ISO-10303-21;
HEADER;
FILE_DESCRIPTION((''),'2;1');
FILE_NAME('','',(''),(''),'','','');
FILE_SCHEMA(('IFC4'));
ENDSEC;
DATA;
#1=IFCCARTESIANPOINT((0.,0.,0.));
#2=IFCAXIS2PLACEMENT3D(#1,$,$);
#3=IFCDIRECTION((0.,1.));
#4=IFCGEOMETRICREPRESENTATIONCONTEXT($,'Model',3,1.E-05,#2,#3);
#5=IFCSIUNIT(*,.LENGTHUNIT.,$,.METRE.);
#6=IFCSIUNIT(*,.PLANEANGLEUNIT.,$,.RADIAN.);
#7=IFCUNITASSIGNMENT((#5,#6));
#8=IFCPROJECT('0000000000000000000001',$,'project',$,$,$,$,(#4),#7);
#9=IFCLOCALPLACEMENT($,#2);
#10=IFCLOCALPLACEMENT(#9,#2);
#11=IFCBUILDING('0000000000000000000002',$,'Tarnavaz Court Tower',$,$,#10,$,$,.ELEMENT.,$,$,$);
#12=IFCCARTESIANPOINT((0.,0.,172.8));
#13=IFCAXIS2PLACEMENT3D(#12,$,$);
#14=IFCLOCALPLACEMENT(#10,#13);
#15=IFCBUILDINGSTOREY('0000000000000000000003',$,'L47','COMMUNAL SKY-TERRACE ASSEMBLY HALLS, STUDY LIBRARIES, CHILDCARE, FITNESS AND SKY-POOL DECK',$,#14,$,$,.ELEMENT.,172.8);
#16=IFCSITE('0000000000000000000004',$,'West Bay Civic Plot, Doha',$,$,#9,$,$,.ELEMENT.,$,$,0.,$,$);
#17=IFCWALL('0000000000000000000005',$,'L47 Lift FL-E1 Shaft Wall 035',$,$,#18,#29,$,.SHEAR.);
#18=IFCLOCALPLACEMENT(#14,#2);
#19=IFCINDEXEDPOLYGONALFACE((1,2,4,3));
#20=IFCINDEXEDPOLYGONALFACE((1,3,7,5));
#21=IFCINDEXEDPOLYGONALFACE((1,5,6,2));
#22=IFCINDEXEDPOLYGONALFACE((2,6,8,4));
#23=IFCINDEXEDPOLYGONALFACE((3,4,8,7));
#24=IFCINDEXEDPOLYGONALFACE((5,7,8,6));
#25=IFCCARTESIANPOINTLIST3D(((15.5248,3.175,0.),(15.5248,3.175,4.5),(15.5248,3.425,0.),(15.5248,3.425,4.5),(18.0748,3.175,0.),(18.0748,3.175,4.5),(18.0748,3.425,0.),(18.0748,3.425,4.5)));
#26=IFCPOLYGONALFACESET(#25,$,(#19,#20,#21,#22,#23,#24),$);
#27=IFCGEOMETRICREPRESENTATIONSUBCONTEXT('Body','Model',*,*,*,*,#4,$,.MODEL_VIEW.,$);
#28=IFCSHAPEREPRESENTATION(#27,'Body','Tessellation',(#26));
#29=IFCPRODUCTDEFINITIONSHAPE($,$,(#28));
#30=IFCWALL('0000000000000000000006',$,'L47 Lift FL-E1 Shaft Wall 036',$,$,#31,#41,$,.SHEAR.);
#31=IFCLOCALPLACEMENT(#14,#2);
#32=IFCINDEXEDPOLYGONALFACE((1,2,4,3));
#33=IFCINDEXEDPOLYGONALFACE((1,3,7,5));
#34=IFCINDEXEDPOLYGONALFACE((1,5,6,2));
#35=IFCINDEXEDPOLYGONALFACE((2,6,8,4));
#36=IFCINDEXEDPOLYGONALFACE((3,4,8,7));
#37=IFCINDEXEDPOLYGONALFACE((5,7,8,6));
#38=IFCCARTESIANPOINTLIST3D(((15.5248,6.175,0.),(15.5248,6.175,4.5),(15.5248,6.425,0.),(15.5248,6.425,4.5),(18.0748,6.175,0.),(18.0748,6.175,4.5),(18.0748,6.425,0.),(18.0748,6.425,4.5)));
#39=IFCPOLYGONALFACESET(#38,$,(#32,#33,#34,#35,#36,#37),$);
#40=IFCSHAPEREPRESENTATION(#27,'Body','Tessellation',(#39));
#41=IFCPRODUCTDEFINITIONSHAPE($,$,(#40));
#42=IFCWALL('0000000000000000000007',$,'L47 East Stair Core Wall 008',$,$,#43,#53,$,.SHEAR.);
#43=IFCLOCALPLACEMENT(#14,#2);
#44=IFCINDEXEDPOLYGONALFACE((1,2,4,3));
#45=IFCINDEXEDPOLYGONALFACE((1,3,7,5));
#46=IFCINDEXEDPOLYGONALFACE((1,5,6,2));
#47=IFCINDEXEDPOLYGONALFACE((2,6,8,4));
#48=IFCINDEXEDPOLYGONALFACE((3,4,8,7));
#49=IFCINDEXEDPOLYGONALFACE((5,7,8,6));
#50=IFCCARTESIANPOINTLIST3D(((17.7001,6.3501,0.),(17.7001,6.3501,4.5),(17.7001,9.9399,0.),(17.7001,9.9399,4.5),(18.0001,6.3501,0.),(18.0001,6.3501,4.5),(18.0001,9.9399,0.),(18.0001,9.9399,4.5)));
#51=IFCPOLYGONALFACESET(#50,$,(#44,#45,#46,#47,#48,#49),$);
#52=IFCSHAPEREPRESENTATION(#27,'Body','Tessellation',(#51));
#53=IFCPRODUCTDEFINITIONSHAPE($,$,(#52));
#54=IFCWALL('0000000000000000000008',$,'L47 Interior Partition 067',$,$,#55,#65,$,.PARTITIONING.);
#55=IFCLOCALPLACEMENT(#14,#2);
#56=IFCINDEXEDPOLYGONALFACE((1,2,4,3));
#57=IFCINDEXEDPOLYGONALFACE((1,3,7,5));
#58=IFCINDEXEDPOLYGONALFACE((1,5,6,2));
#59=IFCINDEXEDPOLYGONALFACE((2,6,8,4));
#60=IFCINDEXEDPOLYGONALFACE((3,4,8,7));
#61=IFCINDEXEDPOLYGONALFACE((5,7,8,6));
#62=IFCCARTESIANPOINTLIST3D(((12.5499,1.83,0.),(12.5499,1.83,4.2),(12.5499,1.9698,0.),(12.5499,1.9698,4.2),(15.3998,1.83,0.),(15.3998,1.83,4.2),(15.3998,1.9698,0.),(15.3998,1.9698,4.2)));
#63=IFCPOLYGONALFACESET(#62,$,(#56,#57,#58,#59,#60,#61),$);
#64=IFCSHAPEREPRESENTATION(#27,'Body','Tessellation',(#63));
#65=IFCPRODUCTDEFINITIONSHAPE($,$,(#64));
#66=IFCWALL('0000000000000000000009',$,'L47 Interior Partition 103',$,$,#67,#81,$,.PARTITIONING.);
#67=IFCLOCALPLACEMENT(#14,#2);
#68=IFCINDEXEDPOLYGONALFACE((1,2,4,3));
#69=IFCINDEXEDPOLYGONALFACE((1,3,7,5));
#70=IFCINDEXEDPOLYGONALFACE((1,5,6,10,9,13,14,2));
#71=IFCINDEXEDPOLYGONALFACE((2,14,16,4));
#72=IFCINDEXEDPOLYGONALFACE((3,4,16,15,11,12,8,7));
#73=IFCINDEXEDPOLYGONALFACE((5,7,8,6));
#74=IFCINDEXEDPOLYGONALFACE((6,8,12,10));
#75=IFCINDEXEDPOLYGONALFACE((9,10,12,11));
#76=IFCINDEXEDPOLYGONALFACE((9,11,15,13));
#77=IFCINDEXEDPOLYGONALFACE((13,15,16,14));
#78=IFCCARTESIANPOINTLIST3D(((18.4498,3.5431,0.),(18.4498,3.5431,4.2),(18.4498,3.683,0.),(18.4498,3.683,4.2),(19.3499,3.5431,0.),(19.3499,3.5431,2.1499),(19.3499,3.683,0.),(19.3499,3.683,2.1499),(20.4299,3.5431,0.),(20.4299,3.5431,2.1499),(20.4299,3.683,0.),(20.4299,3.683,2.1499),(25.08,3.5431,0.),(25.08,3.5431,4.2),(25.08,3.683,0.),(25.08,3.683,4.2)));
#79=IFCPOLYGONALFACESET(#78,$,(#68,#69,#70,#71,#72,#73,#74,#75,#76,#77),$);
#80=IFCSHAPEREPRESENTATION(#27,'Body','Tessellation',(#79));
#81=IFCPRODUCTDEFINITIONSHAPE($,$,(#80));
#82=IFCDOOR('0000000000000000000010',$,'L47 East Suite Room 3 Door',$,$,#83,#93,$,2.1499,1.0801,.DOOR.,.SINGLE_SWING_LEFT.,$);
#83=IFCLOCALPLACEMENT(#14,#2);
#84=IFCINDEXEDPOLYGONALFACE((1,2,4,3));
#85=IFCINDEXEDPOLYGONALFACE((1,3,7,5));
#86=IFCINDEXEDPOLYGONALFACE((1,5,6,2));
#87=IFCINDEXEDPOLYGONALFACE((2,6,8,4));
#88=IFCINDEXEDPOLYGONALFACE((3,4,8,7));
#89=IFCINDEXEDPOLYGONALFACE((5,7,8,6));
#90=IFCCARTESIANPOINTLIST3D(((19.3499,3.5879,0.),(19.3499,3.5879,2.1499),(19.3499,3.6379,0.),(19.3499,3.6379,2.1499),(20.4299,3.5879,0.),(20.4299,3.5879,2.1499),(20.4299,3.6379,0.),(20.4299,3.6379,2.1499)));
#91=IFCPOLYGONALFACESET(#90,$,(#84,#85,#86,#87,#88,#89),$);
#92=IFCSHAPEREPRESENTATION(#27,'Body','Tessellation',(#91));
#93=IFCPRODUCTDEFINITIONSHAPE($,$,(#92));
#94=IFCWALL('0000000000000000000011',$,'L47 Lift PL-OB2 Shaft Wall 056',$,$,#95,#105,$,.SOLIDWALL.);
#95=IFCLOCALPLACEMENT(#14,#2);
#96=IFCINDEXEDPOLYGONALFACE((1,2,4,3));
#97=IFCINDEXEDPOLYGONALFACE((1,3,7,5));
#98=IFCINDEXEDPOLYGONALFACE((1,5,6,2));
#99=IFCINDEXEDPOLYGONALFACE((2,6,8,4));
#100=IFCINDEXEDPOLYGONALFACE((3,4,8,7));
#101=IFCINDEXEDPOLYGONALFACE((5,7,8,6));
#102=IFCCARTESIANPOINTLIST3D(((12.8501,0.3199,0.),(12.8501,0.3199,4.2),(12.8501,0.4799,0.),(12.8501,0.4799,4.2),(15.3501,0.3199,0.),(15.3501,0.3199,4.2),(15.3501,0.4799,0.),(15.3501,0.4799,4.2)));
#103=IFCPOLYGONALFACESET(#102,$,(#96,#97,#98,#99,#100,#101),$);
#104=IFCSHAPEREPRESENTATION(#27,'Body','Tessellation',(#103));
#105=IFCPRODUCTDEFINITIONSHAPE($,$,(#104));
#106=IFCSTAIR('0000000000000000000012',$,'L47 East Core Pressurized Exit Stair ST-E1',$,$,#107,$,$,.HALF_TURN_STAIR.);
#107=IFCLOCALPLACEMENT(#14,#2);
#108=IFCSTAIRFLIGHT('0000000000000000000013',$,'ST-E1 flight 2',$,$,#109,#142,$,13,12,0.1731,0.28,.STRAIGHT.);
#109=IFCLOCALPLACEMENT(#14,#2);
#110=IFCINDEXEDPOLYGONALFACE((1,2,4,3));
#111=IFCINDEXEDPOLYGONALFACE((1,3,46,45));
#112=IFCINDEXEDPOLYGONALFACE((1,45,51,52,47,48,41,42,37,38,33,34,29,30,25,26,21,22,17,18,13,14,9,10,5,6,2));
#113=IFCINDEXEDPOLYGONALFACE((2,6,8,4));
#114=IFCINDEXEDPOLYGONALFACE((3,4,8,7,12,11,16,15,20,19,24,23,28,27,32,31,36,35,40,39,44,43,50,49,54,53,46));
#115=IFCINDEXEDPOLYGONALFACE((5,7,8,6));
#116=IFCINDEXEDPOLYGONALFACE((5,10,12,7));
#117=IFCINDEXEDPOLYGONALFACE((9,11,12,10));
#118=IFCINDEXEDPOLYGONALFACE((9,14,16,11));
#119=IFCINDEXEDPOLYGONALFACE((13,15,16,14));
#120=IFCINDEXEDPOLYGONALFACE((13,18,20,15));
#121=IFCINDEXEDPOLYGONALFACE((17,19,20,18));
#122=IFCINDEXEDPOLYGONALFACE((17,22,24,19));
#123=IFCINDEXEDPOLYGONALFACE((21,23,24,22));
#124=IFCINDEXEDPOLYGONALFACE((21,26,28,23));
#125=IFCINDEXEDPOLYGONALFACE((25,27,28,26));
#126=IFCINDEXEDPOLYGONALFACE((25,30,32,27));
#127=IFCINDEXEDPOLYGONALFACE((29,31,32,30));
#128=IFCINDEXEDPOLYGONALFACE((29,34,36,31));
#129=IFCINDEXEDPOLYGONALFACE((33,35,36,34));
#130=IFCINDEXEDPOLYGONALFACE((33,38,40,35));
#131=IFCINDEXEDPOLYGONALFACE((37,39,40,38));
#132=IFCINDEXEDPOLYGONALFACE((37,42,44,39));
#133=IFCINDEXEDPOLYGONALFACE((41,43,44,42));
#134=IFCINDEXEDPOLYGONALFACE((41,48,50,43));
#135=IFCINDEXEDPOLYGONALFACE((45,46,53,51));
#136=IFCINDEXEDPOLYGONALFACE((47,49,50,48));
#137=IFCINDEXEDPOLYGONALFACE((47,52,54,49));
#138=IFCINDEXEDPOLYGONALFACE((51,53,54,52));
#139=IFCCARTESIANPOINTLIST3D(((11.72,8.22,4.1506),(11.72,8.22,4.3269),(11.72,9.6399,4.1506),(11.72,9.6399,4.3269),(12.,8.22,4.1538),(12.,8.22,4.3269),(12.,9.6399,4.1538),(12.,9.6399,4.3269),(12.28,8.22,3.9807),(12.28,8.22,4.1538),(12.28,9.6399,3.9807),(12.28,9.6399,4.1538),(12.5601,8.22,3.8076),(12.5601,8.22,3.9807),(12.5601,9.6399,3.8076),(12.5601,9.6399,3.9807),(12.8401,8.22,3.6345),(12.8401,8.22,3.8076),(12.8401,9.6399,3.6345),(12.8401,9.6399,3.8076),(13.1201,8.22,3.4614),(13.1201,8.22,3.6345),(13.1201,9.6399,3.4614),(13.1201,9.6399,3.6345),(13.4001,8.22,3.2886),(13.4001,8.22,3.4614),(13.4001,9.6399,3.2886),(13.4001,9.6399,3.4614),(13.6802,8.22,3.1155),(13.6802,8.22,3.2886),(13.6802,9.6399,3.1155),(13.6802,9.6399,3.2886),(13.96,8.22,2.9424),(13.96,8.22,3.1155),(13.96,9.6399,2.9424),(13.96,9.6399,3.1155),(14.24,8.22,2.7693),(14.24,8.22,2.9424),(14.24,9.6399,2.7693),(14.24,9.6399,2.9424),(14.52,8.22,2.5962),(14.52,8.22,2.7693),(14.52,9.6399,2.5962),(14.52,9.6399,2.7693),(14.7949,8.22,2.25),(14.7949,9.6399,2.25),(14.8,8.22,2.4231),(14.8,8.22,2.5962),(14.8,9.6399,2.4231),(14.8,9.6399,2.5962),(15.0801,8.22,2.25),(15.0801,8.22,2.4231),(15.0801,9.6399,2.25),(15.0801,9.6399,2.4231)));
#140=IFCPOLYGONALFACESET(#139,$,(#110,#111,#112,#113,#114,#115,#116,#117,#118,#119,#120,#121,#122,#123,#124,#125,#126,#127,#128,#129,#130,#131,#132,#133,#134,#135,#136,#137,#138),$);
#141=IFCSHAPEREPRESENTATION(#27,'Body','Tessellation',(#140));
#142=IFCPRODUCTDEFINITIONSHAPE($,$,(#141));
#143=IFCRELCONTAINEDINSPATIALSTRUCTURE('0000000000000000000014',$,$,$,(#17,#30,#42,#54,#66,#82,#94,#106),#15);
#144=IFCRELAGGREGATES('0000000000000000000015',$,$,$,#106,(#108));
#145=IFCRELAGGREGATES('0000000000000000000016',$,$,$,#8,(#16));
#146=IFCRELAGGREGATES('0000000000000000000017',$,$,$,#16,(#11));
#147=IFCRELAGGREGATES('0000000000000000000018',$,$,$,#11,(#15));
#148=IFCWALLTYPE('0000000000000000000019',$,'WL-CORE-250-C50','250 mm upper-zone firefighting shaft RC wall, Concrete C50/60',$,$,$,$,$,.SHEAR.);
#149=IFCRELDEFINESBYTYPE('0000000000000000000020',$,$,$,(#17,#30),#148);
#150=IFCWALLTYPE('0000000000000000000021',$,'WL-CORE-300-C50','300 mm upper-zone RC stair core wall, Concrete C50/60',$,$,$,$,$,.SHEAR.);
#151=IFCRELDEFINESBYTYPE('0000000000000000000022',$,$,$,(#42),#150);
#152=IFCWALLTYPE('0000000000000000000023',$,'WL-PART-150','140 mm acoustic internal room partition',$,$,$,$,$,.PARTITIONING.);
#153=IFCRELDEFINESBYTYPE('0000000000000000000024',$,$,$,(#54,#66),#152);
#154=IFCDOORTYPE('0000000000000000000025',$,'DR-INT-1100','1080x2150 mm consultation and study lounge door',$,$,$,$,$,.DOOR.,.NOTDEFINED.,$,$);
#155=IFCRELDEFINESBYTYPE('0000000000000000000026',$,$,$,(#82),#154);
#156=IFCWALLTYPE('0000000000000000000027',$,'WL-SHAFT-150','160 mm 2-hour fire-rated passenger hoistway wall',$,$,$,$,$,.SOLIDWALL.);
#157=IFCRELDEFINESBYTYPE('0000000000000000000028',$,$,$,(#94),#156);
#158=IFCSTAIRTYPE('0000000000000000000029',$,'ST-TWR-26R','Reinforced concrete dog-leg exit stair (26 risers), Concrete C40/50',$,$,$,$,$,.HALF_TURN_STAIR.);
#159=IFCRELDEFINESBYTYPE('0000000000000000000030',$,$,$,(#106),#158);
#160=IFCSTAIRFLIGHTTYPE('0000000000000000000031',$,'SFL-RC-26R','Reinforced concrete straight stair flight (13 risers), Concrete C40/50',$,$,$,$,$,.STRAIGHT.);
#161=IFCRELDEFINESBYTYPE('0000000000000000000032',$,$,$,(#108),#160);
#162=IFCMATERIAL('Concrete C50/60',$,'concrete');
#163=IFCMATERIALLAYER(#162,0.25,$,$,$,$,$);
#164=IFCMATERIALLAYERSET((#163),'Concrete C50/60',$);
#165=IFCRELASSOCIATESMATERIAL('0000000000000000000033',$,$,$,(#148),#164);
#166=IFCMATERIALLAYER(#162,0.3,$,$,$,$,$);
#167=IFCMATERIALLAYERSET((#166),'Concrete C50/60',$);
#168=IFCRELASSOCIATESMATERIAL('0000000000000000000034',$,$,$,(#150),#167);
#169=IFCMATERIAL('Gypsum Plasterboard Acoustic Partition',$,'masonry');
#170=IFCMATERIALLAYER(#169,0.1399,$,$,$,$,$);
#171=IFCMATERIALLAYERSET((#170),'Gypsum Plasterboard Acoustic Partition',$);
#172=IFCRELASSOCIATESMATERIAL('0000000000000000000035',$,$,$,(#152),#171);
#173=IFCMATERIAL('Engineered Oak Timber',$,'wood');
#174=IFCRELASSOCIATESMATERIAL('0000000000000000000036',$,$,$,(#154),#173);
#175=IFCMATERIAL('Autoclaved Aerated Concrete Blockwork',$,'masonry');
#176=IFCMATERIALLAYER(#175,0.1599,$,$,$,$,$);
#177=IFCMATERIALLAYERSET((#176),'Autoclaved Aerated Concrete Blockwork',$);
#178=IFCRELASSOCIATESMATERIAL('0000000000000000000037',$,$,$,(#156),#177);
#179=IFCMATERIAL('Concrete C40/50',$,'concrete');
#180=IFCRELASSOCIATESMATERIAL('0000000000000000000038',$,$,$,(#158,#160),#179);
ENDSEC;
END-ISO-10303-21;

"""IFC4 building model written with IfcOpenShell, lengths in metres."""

from ifc_helpers import new_model, si_unit, direction, frame, frame_2d, origin, place, context, subcontext, project, spatial, polyline, rectangle, outline, extrude, material, layer, layer_set, type_object, element, fill, aggregate, save


model = new_model("IFC4")

# Units and contexts
model_context = context("Model", 3, precision=1e-05, world=origin(), true_north=direction((0.0, 1.0)))
body_context = subcontext(model_context, "Body", "Model", "MODEL_VIEW")
ifc_project = project(units=[si_unit("LENGTHUNIT", "METRE"), si_unit("PLANEANGLEUNIT", "RADIAN")], contexts=[model_context])

# Site, building, storey
site_placement = place(None, origin())
site = spatial("IfcSite", under=ifc_project, at=site_placement, Name="West Bay Civic Plot, Doha", CompositionType="ELEMENT", RefElevation=0.0)
building_placement = place(site_placement, origin())
building = spatial("IfcBuilding", under=site, at=building_placement, Name="Tarnavaz Court Tower", CompositionType="ELEMENT")
storey_placement = place(building_placement, frame((0.0, 0.0, 172.8)))
storey = spatial("IfcBuildingStorey", under=building, at=storey_placement, Name="L47", Description="COMMUNAL SKY-TERRACE ASSEMBLY HALLS, STUDY LIBRARIES, CHILDCARE, FITNESS AND SKY-POOL DECK", CompositionType="ELEMENT", Elevation=172.8)

# Shared definitions
ifc_material_1 = material(Name="Concrete C50/60", Category="concrete")

# Shared definitions
ifc_layer_1 = layer(ifc_material_1, 0.25)
ifc_layer_set_1 = layer_set([ifc_layer_1], Name="Concrete C50/60")
wall_type_1 = type_object("IfcWallType", Name="WL-CORE-250-C50", Description="250 mm upper-zone firefighting shaft RC wall, Concrete C50/60", PredefinedType="SHEAR", material=ifc_layer_set_1)

# Walls
for number, where, z_axis, x_axis, name in (
    (1, (15.5249, 3.3, 0.0), (0.0, 0.0, 1.0), (1.0, 0.0, 0.0), "L47 Lift FL-E1 Shaft Wall 035"),
    (2, (15.5249, 6.3, 0.0), (0.0, 0.0, 1.0), (1.0, 0.0, 0.0), "L47 Lift FL-E1 Shaft Wall 036"),
):
    element("IfcWall", number, at=place(storey_placement, frame(where, z_axis=z_axis, x_axis=x_axis)), inside=storey, type_object=wall_type_1, Name=name, PredefinedType="SHEAR", context=body_context, shape_type="SweptSolid", body=[
        extrude(rectangle(XDim=2.55, YDim=0.25, at=frame_2d((1.2749, 0.0))), origin(), (0.0, 0.0, 1.0), 4.5),
    ])
ifc_layer_2 = layer(ifc_material_1, 0.3)
ifc_layer_set_2 = layer_set([ifc_layer_2], Name="Concrete C50/60")
wall_type_2 = type_object("IfcWallType", Name="WL-CORE-300-C50", Description="300 mm upper-zone RC stair core wall, Concrete C50/60", PredefinedType="SHEAR", material=ifc_layer_set_2)
wall_1_placement = place(storey_placement, frame((17.8501, 6.3501, 0.0), z_axis=(0.0, 0.0, 1.0), x_axis=(0.0, 1.0, 0.0)))
element("IfcWall", 3, at=wall_1_placement, inside=storey, type_object=wall_type_2, Name="L47 East Stair Core Wall 008", PredefinedType="SHEAR", context=body_context, shape_type="SweptSolid", body=[
    extrude(rectangle(XDim=3.5898, YDim=0.3, at=frame_2d((1.7949, 0.0))), origin(), (0.0, 0.0, 1.0), 4.5),
])
ifc_material_2 = material(Name="Gypsum Plasterboard Acoustic Partition", Category="masonry")
ifc_layer_3 = layer(ifc_material_2, 0.1399)
ifc_layer_set_3 = layer_set([ifc_layer_3], Name="Gypsum Plasterboard Acoustic Partition")
wall_type_3 = type_object("IfcWallType", Name="WL-PART-150", Description="140 mm acoustic internal room partition", PredefinedType="PARTITIONING", material=ifc_layer_set_3)
wall_2_placement = place(storey_placement, frame((12.55, 1.8999, 0.0), z_axis=(0.0, 0.0, 1.0), x_axis=(1.0, 0.0, 0.0)))
element("IfcWall", 4, at=wall_2_placement, inside=storey, type_object=wall_type_3, Name="L47 Interior Partition 067", PredefinedType="PARTITIONING", context=body_context, shape_type="SweptSolid", body=[
    extrude(rectangle(XDim=2.8499, YDim=0.1399, at=frame_2d((1.4248, 0.0))), origin(), (0.0, 0.0, 1.0), 4.2),
])

# Wall, opening, door
wall_3_placement = place(storey_placement, frame((18.45, 3.613, 0.0), z_axis=(0.0, 0.0, 1.0), x_axis=(1.0, 0.0, 0.0)))
wall_3 = element("IfcWall", 5, at=wall_3_placement, inside=storey, type_object=wall_type_3, Name="L47 Interior Partition 103", PredefinedType="PARTITIONING", context=body_context, shape_type="SweptSolid", body=[
    extrude(rectangle(XDim=6.6301, YDim=0.1399, at=frame_2d((3.3149, 0.0))), origin(), (0.0, 0.0, 1.0), 4.2),
])
opening_1_placement = place(wall_3_placement, frame((0.8999, 0.0, 0.0)))
opening_1 = element("IfcOpeningElement", 6, at=opening_1_placement, cuts=wall_3, PredefinedType="OPENING", context=body_context, shape_type="SweptSolid", body=[
    extrude(rectangle(XDim=1.0801, YDim=2.1499, at=frame_2d((0.54, 1.075))), frame((0.0, 0.0798, 0.0), z_axis=(0.0, -1.0, 0.0), x_axis=(1.0, 0.0, 0.0)), (0.0, 0.0, 1.0), 0.1599),
])
ifc_material_3 = material(Name="Engineered Oak Timber", Category="wood")
door_type_1 = type_object("IfcDoorType", Name="DR-INT-1100", Description="1080x2150 mm consultation and study lounge door", OperationType="NOTDEFINED", PredefinedType="DOOR", material=ifc_material_3)
door_1_placement = place(opening_1_placement, origin())
door_1 = element("IfcDoor", 7, at=door_1_placement, inside=storey, type_object=door_type_1, Name="L47 East Suite Room 3 Door", OperationType="SINGLE_SWING_LEFT", OverallHeight=2.1499, OverallWidth=1.0801, PredefinedType="DOOR", context=body_context, shape_type="SweptSolid", body=[
    extrude(rectangle(XDim=1.0801, YDim=2.1499, at=frame_2d((0.54, 1.075))), frame((0.0, 0.0249, 0.0), z_axis=(0.0, -1.0, 0.0), x_axis=(1.0, 0.0, 0.0)), (0.0, 0.0, 1.0), 0.05),
])
fill(opening_1, door_1)

# Wall
ifc_material_4 = material(Name="Autoclaved Aerated Concrete Blockwork", Category="masonry")
ifc_layer_4 = layer(ifc_material_4, 0.1599)
ifc_layer_set_4 = layer_set([ifc_layer_4], Name="Autoclaved Aerated Concrete Blockwork")
wall_type_4 = type_object("IfcWallType", Name="WL-SHAFT-150", Description="160 mm 2-hour fire-rated passenger hoistway wall", PredefinedType="SOLIDWALL", material=ifc_layer_set_4)
wall_4_placement = place(storey_placement, frame((12.8501, 0.3999, 0.0), z_axis=(0.0, 0.0, 1.0), x_axis=(1.0, 0.0, 0.0)))
element("IfcWall", 8, at=wall_4_placement, inside=storey, type_object=wall_type_4, Name="L47 Lift PL-OB2 Shaft Wall 056", PredefinedType="SOLIDWALL", context=body_context, shape_type="SweptSolid", body=[
    extrude(rectangle(XDim=2.5, YDim=0.1599, at=frame_2d((1.25, 0.0))), origin(), (0.0, 0.0, 1.0), 4.2),
])

# Stair, stair flight
ifc_material_5 = material(Name="Concrete C40/50", Category="concrete")
stair_type = type_object("IfcStairType", Name="ST-TWR-26R", Description="Reinforced concrete dog-leg exit stair (26 risers), Concrete C40/50", PredefinedType="HALF_TURN_STAIR", material=ifc_material_5)
stair_placement = place(storey_placement, origin())
stair = element("IfcStair", 9, at=stair_placement, inside=storey, type_object=stair_type, Name="L47 East Core Pressurized Exit Stair ST-E1", PredefinedType="HALF_TURN_STAIR")
stair_flight_type = type_object("IfcStairFlightType", Name="SFL-RC-26R", Description="Reinforced concrete straight stair flight (13 risers), Concrete C40/50", PredefinedType="STRAIGHT", material=ifc_material_5)
stair_flight_placement = place(storey_placement, frame((15.0801, 8.9299, 2.25), z_axis=(0.0, 0.0, 1.0), x_axis=(-1.0, 0.0, 0.0)))
stair_flight = element("IfcStairFlight", 10, at=stair_flight_placement, type_object=stair_flight_type, Name="ST-E1 flight 2", NumberOfRisers=13, NumberOfTreads=12, PredefinedType="STRAIGHT", RiserHeight=0.1731, TreadLength=0.28, context=body_context, shape_type="SweptSolid", body=[
    extrude(outline(polyline([(0.0, 0.0), (0.0, 0.1731), (0.28, 0.1731), (0.28, 0.3462), (0.5601, 0.3462), (0.5601, 0.5193), (0.8401, 0.5193), (0.8401, 0.6924), (1.1201, 0.6924), (1.1201, 0.8655), (1.3999, 0.8655), (1.3999, 1.0386), (1.6799, 1.0386), (1.6799, 1.2114), (1.96, 1.2114), (1.96, 1.3845), (2.24, 1.3845), (2.24, 1.5576), (2.52, 1.5576), (2.52, 1.7307), (2.8, 1.7307), (2.8, 1.9038), (3.0801, 1.9038), (3.0801, 2.0769), (3.3601, 2.0769), (3.3601, 2.25), (3.3601, 1.9006), (0.2852, 0.0), (0.0, 0.0)])), frame((0.0, 0.71, 0.0), z_axis=(0.0, -1.0, 0.0), x_axis=(1.0, 0.0, 0.0)), (0.0, 0.0, 1.0), 1.4199),
])
aggregate(stair, [stair_flight])

save(model, "model.ifc")
